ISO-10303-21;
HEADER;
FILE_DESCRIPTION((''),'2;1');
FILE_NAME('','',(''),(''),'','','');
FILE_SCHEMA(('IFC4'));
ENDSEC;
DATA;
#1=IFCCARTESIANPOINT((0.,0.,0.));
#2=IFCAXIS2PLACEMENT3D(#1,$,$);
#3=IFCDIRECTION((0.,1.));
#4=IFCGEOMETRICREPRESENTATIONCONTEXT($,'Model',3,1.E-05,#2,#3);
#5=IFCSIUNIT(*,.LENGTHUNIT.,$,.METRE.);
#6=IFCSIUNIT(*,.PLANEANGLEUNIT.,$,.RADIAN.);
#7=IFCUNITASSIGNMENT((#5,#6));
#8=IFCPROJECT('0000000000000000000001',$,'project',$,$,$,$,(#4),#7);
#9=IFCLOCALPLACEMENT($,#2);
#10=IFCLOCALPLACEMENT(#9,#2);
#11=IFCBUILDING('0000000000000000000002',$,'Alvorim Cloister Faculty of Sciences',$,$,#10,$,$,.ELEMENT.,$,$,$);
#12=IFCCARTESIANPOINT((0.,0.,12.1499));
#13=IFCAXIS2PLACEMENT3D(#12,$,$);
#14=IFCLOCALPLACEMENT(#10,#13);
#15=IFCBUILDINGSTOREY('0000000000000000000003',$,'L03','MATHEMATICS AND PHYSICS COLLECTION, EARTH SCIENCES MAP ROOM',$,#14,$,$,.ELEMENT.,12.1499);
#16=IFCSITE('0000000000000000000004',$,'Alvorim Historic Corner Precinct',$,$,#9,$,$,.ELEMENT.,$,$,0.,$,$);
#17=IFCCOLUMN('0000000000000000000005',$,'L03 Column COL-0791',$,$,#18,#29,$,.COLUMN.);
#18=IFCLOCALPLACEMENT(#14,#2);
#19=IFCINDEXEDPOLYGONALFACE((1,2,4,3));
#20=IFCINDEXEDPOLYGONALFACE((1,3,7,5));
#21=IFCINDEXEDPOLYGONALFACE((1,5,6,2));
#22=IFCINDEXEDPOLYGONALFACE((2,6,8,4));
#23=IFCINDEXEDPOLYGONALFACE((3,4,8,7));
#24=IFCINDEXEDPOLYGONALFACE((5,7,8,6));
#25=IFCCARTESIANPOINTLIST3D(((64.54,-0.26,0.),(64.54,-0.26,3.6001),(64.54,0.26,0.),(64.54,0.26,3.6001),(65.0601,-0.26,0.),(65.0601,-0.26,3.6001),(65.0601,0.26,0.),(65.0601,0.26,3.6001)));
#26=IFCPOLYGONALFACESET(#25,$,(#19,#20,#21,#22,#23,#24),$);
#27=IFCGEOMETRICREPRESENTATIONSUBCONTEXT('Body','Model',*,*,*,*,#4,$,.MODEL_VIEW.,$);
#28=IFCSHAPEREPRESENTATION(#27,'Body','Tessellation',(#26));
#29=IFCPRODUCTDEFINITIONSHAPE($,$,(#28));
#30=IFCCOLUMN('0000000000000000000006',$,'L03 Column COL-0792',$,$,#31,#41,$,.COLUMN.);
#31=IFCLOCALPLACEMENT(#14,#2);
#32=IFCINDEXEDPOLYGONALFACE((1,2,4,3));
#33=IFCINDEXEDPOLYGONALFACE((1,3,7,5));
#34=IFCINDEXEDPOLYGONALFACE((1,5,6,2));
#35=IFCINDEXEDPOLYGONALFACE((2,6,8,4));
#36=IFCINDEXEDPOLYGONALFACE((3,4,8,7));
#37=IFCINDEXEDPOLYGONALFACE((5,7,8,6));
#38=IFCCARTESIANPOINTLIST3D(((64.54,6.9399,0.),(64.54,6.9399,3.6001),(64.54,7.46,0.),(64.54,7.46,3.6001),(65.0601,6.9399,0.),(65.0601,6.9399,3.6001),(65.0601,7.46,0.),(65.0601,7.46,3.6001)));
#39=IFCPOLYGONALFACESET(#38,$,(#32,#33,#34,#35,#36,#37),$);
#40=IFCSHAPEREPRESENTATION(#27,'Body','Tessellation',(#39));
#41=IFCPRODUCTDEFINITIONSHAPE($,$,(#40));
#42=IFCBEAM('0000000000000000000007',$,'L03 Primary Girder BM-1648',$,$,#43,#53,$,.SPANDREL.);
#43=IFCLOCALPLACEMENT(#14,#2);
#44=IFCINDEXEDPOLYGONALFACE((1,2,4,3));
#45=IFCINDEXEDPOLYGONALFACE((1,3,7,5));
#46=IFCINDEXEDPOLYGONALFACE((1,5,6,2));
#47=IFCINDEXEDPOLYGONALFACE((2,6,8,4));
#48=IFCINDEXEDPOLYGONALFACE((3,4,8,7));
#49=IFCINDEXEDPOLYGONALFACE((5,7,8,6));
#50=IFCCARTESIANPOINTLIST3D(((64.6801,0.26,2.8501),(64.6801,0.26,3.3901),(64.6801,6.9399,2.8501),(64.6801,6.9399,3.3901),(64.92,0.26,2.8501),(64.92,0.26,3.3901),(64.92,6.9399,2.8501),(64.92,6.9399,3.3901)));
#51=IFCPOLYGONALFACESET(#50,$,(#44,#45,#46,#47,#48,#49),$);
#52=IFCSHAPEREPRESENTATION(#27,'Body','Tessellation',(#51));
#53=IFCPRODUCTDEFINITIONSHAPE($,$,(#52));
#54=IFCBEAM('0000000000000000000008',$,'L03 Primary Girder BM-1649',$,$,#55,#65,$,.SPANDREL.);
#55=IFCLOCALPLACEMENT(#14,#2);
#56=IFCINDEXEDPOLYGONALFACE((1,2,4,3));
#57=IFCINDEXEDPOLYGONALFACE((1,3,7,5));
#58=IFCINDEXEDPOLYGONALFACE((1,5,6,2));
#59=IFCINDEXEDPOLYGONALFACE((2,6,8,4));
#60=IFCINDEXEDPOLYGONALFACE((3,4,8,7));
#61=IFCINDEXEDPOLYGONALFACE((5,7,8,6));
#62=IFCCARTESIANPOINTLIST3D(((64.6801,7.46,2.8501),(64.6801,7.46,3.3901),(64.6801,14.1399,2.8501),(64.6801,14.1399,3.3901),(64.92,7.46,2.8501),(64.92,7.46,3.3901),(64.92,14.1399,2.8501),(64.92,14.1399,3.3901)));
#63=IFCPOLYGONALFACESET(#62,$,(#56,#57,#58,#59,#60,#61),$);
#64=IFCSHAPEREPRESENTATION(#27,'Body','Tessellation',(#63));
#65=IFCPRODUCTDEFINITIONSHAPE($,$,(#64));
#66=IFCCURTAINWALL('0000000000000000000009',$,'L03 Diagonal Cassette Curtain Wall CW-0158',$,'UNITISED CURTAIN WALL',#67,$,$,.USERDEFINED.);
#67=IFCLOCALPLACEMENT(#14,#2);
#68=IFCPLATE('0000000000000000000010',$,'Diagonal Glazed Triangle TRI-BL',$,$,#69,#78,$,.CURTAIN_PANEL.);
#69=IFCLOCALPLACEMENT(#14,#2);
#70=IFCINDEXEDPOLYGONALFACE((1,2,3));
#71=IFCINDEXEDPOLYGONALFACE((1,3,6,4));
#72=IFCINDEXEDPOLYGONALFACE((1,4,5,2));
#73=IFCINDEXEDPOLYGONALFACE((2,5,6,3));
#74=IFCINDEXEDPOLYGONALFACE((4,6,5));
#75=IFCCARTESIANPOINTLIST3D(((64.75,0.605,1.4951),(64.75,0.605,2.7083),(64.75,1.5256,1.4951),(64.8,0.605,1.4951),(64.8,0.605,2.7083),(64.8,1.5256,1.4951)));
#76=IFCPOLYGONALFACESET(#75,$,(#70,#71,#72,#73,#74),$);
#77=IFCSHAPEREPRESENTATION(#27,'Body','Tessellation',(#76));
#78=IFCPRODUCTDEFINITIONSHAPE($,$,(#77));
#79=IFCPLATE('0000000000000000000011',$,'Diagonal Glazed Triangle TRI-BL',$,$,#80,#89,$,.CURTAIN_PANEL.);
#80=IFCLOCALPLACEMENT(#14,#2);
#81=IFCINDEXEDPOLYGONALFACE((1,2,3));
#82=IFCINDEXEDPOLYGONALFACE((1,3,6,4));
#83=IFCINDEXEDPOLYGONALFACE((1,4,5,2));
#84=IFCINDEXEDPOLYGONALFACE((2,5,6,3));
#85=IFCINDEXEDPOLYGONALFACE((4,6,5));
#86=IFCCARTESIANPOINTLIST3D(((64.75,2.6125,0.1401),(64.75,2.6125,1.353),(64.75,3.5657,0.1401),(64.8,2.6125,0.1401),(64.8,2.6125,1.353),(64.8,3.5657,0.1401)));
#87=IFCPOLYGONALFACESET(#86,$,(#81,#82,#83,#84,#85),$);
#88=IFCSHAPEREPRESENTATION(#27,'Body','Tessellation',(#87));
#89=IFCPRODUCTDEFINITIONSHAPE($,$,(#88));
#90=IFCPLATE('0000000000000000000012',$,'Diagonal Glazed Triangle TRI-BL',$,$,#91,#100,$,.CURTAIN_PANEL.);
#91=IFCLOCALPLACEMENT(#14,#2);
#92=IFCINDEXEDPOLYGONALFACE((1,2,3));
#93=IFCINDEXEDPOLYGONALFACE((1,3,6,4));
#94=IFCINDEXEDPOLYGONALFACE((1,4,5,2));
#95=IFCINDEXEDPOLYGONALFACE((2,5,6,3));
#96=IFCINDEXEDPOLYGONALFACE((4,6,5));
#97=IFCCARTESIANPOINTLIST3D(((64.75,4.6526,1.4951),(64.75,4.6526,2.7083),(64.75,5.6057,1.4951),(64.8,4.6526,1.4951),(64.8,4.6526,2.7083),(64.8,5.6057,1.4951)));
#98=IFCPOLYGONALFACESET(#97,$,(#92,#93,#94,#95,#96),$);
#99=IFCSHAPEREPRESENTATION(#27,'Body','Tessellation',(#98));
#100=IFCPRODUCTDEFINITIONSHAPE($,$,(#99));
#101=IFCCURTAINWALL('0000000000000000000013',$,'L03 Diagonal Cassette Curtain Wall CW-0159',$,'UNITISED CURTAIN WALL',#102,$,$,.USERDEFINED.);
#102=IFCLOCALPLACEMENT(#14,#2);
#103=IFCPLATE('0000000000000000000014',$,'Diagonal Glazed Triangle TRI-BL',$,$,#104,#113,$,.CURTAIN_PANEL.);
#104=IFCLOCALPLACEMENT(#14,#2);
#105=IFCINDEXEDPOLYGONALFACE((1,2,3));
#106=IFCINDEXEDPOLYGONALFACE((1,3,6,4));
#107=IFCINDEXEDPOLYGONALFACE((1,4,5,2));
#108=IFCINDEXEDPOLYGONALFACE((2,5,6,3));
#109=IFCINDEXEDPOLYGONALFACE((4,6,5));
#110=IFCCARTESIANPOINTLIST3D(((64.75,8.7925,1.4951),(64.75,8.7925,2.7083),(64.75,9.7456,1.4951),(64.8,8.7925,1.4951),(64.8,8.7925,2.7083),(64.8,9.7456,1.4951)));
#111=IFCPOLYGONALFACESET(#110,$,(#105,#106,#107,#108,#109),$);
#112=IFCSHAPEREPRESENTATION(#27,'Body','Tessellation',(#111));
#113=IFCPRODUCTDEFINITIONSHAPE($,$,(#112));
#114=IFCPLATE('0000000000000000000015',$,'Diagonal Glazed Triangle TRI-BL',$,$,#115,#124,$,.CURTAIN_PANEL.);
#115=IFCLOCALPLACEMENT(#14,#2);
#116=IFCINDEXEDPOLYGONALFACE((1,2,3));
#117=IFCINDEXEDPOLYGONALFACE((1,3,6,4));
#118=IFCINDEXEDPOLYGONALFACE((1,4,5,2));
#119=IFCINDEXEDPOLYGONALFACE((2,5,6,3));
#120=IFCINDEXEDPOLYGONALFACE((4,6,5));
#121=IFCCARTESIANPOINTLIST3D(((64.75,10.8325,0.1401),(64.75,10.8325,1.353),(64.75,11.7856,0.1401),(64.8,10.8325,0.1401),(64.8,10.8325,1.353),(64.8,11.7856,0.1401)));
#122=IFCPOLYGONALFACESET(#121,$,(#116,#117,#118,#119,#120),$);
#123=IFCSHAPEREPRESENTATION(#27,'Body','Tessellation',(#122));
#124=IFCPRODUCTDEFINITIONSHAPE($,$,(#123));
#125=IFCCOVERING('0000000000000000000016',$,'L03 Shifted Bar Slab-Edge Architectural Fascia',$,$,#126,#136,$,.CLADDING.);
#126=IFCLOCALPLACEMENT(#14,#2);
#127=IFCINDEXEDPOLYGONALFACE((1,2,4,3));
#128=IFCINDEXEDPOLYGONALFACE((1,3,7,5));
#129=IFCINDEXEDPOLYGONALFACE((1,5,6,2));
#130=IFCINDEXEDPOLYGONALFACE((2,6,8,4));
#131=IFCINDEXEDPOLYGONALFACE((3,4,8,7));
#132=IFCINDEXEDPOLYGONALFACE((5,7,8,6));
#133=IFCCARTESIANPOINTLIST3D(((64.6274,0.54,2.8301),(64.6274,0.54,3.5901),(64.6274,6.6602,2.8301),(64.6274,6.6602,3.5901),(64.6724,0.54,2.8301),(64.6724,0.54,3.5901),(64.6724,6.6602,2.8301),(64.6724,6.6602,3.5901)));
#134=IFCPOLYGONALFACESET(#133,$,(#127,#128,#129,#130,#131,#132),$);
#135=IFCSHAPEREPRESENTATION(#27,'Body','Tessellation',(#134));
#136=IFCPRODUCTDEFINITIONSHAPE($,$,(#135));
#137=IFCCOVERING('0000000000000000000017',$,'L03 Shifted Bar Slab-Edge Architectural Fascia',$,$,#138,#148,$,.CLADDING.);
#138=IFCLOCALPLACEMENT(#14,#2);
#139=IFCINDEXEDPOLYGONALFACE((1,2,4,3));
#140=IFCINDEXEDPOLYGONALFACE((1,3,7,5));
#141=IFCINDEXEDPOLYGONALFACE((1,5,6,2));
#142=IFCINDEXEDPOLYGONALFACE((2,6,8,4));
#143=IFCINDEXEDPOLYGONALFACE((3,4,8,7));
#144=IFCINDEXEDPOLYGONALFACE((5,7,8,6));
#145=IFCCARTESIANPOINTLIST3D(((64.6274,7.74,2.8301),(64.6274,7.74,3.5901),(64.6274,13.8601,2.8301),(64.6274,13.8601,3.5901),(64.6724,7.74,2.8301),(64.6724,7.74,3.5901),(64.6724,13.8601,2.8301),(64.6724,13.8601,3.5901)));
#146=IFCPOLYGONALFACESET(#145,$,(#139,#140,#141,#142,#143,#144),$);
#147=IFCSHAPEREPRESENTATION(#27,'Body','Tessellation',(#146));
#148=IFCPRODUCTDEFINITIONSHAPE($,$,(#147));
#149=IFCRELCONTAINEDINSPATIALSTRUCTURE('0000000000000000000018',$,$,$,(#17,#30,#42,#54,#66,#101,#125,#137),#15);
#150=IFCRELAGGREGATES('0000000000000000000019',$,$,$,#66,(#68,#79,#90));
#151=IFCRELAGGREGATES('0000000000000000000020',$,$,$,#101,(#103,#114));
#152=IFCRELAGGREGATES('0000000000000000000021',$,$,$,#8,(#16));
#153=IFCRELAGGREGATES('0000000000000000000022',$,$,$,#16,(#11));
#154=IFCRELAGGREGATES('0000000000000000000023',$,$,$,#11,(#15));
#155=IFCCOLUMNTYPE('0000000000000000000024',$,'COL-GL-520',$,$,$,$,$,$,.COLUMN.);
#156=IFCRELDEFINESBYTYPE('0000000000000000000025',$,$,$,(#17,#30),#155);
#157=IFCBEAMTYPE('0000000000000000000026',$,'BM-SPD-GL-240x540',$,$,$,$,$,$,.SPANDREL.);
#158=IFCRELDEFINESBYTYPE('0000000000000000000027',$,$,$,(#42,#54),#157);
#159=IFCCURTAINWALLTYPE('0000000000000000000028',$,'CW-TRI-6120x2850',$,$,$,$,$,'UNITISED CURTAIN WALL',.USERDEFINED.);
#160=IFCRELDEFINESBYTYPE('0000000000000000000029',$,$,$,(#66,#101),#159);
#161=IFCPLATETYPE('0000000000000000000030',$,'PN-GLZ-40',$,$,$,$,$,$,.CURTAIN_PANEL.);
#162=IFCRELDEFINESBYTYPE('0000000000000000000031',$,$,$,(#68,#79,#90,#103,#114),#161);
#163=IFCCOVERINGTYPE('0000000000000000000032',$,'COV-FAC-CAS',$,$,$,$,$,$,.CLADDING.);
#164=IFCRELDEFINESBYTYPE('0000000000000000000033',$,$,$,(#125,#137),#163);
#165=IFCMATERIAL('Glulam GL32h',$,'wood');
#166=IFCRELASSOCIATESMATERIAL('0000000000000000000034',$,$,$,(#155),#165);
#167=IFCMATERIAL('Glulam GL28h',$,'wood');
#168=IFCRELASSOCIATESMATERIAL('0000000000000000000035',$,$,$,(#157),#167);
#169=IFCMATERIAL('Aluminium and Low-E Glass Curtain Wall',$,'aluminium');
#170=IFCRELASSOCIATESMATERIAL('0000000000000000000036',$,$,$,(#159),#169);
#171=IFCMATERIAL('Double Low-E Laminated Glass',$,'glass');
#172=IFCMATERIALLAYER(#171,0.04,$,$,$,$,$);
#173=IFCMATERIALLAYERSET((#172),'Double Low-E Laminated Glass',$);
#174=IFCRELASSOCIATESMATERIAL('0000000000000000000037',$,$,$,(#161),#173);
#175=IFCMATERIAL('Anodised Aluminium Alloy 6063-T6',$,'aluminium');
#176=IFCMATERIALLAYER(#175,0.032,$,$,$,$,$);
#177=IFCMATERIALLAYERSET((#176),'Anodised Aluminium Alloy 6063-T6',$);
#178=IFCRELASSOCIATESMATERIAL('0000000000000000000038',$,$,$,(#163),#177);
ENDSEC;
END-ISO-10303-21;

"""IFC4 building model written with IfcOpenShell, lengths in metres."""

from ifc_helpers import new_model, si_unit, direction, frame, origin, origin_2d, place, context, subcontext, project, spatial, polyline, rectangle, outline, extrude, material, layer, layer_set, material_profile, profile_set, type_object, element, aggregate, save


model = new_model("IFC4")

# Units and contexts
model_context = context("Model", 3, precision=1e-05, world=origin(), true_north=direction((0.0, 1.0)))
body_context = subcontext(model_context, "Body", "Model", "MODEL_VIEW")
ifc_project = project(units=[si_unit("LENGTHUNIT", "METRE"), si_unit("PLANEANGLEUNIT", "RADIAN")], contexts=[model_context])

# Site, building, storey
site_placement = place(None, origin())
site = spatial("IfcSite", under=ifc_project, at=site_placement, Name="Alvorim Historic Corner Precinct", CompositionType="ELEMENT", RefElevation=0.0)
building_placement = place(site_placement, origin())
building = spatial("IfcBuilding", under=site, at=building_placement, Name="Alvorim Cloister Faculty of Sciences", CompositionType="ELEMENT")
storey_placement = place(building_placement, frame((0.0, 0.0, 12.1499)))
storey = spatial("IfcBuildingStorey", under=building, at=storey_placement, Name="L03", Description="MATHEMATICS AND PHYSICS COLLECTION, EARTH SCIENCES MAP ROOM", CompositionType="ELEMENT", Elevation=12.1499)

# Columns
ifc_material_1 = material(Name="Glulam GL32h", Category="wood")
ifc_material_profile_1 = material_profile(ifc_material_1, rectangle(XDim=0.52, YDim=0.52, at=origin_2d()), Name="GL32-COL-520x520")
ifc_profile_set_1 = profile_set([ifc_material_profile_1], Name="Glulam GL32h")
column_type = type_object("IfcColumnType", Name="COL-GL-520", PredefinedType="COLUMN", material=ifc_profile_set_1)
for number, where, z_axis, x_axis, name in (
    (1, (64.8, 0.0, 0.0), (0.0, 0.0, 1.0), (1.0, 0.0, 0.0), "L03 Column COL-0791"),
    (2, (64.8, 7.2, 0.0), (0.0, 0.0, 1.0), (1.0, 0.0, 0.0), "L03 Column COL-0792"),
):
    element("IfcColumn", number, at=place(storey_placement, frame(where, z_axis=z_axis, x_axis=x_axis)), inside=storey, type_object=column_type, Name=name, PredefinedType="COLUMN", context=body_context, shape_type="SweptSolid", body=[
        extrude(rectangle(XDim=0.52, YDim=0.52, at=origin_2d()), origin(), (0.0, 0.0, 1.0), 3.6001),
    ])

# Beams
ifc_material_2 = material(Name="Glulam GL28h", Category="wood")
ifc_material_profile_2 = material_profile(ifc_material_2, rectangle(XDim=0.24, YDim=0.54, at=origin_2d()), Name="GL28-SPD-240x540")
ifc_profile_set_2 = profile_set([ifc_material_profile_2], Name="Glulam GL28h")
beam_type = type_object("IfcBeamType", Name="BM-SPD-GL-240x540", PredefinedType="SPANDREL", material=ifc_profile_set_2)
for number, where, z_axis, x_axis, name in (
    (3, (64.8, 0.26, 3.1201), (0.0, 1.0, 0.0), (-1.0, 0.0, 0.0), "L03 Primary Girder BM-1648"),
    (4, (64.8, 7.46, 3.1201), (0.0, 1.0, 0.0), (-1.0, 0.0, 0.0), "L03 Primary Girder BM-1649"),
):
    element("IfcBeam", number, at=place(storey_placement, frame(where, z_axis=z_axis, x_axis=x_axis)), inside=storey, type_object=beam_type, Name=name, PredefinedType="SPANDREL", context=body_context, shape_type="SweptSolid", body=[
        extrude(rectangle(XDim=0.24, YDim=0.54, at=origin_2d()), origin(), (0.0, 0.0, 1.0), 6.6799),
    ])

# Curtain walls, plates
ifc_material_3 = material(Name="Aluminium and Low-E Glass Curtain Wall", Category="aluminium")
curtain_wall_type = type_object("IfcCurtainWallType", Name="CW-TRI-6120x2850", ElementType="UNITISED CURTAIN WALL", PredefinedType="USERDEFINED", material=ifc_material_3)
curtain_wall_1_placement = place(storey_placement, origin())
curtain_wall_1 = element("IfcCurtainWall", 5, at=curtain_wall_1_placement, inside=storey, type_object=curtain_wall_type, Name="L03 Diagonal Cassette Curtain Wall CW-0158", ObjectType="UNITISED CURTAIN WALL", PredefinedType="USERDEFINED")
ifc_material_4 = material(Name="Double Low-E Laminated Glass", Category="glass")
ifc_layer_1 = layer(ifc_material_4, 0.04)
ifc_layer_set_1 = layer_set([ifc_layer_1], Name="Double Low-E Laminated Glass")
plate_type = type_object("IfcPlateType", Name="PN-GLZ-40", PredefinedType="CURTAIN_PANEL", material=ifc_layer_set_1)
plate_1_placement = place(storey_placement, frame((64.7749, 0.605, 1.4951), z_axis=(0.0, 0.0, 1.0), x_axis=(0.0, 1.0, 0.0)))
plate_1 = element("IfcPlate", 6, at=plate_1_placement, type_object=plate_type, Name="Diagonal Glazed Triangle TRI-BL", PredefinedType="CURTAIN_PANEL", context=body_context, shape_type="SweptSolid", body=[
    extrude(outline(polyline([(0.0, 0.0), (0.9207, 0.0), (0.0, 1.2131), (0.0, 0.0)])), frame((0.0, 0.0249, 0.0), z_axis=(0.0, -1.0, 0.0), x_axis=(1.0, 0.0, 0.0)), (0.0, 0.0, 1.0), 0.05),
])
plate_2_placement = place(storey_placement, frame((64.7749, 2.6125, 0.1401), z_axis=(0.0, 0.0, 1.0), x_axis=(0.0, 1.0, 0.0)))
plate_2 = element("IfcPlate", 7, at=plate_2_placement, type_object=plate_type, Name="Diagonal Glazed Triangle TRI-BL", PredefinedType="CURTAIN_PANEL", context=body_context, shape_type="SweptSolid", body=[
    extrude(outline(polyline([(0.0, 0.0), (0.9531, 0.0), (0.0, 1.2129), (0.0, 0.0)])), frame((0.0, 0.0249, 0.0), z_axis=(0.0, -1.0, 0.0), x_axis=(1.0, 0.0, 0.0)), (0.0, 0.0, 1.0), 0.05),
])
plate_3_placement = place(storey_placement, frame((64.7749, 4.6526, 1.4951), z_axis=(0.0, 0.0, 1.0), x_axis=(0.0, 1.0, 0.0)))
plate_3 = element("IfcPlate", 8, at=plate_3_placement, type_object=plate_type, Name="Diagonal Glazed Triangle TRI-BL", PredefinedType="CURTAIN_PANEL", context=body_context, shape_type="SweptSolid", body=[
    extrude(outline(polyline([(0.0, 0.0), (0.9531, 0.0), (0.0, 1.2131), (0.0, 0.0)])), frame((0.0, 0.0249, 0.0), z_axis=(0.0, -1.0, 0.0), x_axis=(1.0, 0.0, 0.0)), (0.0, 0.0, 1.0), 0.05),
])
aggregate(curtain_wall_1, [plate_1, plate_2, plate_3])
curtain_wall_2_placement = place(storey_placement, origin())
curtain_wall_2 = element("IfcCurtainWall", 9, at=curtain_wall_2_placement, inside=storey, type_object=curtain_wall_type, Name="L03 Diagonal Cassette Curtain Wall CW-0159", ObjectType="UNITISED CURTAIN WALL", PredefinedType="USERDEFINED")
plate_4_placement = place(storey_placement, frame((64.7749, 8.7925, 1.4951), z_axis=(0.0, 0.0, 1.0), x_axis=(0.0, 1.0, 0.0)))
plate_4 = element("IfcPlate", 10, at=plate_4_placement, type_object=plate_type, Name="Diagonal Glazed Triangle TRI-BL", PredefinedType="CURTAIN_PANEL", context=body_context, shape_type="SweptSolid", body=[
    extrude(outline(polyline([(0.0, 0.0), (0.9531, 0.0), (0.0, 1.2131), (0.0, 0.0)])), frame((0.0, 0.0249, 0.0), z_axis=(0.0, -1.0, 0.0), x_axis=(1.0, 0.0, 0.0)), (0.0, 0.0, 1.0), 0.05),
])
plate_5_placement = place(storey_placement, frame((64.7749, 10.8325, 0.1401), z_axis=(0.0, 0.0, 1.0), x_axis=(0.0, 1.0, 0.0)))
plate_5 = element("IfcPlate", 11, at=plate_5_placement, type_object=plate_type, Name="Diagonal Glazed Triangle TRI-BL", PredefinedType="CURTAIN_PANEL", context=body_context, shape_type="SweptSolid", body=[
    extrude(outline(polyline([(0.0, 0.0), (0.9531, 0.0), (0.0, 1.2129), (0.0, 0.0)])), frame((0.0, 0.0249, 0.0), z_axis=(0.0, -1.0, 0.0), x_axis=(1.0, 0.0, 0.0)), (0.0, 0.0, 1.0), 0.05),
])
aggregate(curtain_wall_2, [plate_4, plate_5])

# Coverings
ifc_material_5 = material(Name="Anodised Aluminium Alloy 6063-T6", Category="aluminium")
ifc_layer_2 = layer(ifc_material_5, 0.032)
ifc_layer_set_2 = layer_set([ifc_layer_2], Name="Anodised Aluminium Alloy 6063-T6")
covering_type = type_object("IfcCoveringType", Name="COV-FAC-CAS", PredefinedType="CLADDING", material=ifc_layer_set_2)
for number, where, z_axis, x_axis, name in (
    (12, (64.6499, 0.54, 2.8301), (0.0, 0.0, 1.0), (0.0, 1.0, 0.0), "L03 Shifted Bar Slab-Edge Architectural Fascia"),
    (13, (64.6499, 7.74, 2.8301), (0.0, 0.0, 1.0), (0.0, 1.0, 0.0), "L03 Shifted Bar Slab-Edge Architectural Fascia"),
):
    element("IfcCovering", number, at=place(storey_placement, frame(where, z_axis=z_axis, x_axis=x_axis)), inside=storey, type_object=covering_type, Name=name, PredefinedType="CLADDING", context=body_context, shape_type="SweptSolid", body=[
        extrude(outline(polyline([(0.0, 0.0), (6.1201, 0.0), (6.1201, 0.76), (0.0, 0.76), (0.0, 0.0)])), frame((0.0, 0.0225, 0.0), z_axis=(0.0, -1.0, 0.0), x_axis=(1.0, 0.0, 0.0)), (0.0, 0.0, 1.0), 0.0449),
    ])

save(model, "model.ifc")
